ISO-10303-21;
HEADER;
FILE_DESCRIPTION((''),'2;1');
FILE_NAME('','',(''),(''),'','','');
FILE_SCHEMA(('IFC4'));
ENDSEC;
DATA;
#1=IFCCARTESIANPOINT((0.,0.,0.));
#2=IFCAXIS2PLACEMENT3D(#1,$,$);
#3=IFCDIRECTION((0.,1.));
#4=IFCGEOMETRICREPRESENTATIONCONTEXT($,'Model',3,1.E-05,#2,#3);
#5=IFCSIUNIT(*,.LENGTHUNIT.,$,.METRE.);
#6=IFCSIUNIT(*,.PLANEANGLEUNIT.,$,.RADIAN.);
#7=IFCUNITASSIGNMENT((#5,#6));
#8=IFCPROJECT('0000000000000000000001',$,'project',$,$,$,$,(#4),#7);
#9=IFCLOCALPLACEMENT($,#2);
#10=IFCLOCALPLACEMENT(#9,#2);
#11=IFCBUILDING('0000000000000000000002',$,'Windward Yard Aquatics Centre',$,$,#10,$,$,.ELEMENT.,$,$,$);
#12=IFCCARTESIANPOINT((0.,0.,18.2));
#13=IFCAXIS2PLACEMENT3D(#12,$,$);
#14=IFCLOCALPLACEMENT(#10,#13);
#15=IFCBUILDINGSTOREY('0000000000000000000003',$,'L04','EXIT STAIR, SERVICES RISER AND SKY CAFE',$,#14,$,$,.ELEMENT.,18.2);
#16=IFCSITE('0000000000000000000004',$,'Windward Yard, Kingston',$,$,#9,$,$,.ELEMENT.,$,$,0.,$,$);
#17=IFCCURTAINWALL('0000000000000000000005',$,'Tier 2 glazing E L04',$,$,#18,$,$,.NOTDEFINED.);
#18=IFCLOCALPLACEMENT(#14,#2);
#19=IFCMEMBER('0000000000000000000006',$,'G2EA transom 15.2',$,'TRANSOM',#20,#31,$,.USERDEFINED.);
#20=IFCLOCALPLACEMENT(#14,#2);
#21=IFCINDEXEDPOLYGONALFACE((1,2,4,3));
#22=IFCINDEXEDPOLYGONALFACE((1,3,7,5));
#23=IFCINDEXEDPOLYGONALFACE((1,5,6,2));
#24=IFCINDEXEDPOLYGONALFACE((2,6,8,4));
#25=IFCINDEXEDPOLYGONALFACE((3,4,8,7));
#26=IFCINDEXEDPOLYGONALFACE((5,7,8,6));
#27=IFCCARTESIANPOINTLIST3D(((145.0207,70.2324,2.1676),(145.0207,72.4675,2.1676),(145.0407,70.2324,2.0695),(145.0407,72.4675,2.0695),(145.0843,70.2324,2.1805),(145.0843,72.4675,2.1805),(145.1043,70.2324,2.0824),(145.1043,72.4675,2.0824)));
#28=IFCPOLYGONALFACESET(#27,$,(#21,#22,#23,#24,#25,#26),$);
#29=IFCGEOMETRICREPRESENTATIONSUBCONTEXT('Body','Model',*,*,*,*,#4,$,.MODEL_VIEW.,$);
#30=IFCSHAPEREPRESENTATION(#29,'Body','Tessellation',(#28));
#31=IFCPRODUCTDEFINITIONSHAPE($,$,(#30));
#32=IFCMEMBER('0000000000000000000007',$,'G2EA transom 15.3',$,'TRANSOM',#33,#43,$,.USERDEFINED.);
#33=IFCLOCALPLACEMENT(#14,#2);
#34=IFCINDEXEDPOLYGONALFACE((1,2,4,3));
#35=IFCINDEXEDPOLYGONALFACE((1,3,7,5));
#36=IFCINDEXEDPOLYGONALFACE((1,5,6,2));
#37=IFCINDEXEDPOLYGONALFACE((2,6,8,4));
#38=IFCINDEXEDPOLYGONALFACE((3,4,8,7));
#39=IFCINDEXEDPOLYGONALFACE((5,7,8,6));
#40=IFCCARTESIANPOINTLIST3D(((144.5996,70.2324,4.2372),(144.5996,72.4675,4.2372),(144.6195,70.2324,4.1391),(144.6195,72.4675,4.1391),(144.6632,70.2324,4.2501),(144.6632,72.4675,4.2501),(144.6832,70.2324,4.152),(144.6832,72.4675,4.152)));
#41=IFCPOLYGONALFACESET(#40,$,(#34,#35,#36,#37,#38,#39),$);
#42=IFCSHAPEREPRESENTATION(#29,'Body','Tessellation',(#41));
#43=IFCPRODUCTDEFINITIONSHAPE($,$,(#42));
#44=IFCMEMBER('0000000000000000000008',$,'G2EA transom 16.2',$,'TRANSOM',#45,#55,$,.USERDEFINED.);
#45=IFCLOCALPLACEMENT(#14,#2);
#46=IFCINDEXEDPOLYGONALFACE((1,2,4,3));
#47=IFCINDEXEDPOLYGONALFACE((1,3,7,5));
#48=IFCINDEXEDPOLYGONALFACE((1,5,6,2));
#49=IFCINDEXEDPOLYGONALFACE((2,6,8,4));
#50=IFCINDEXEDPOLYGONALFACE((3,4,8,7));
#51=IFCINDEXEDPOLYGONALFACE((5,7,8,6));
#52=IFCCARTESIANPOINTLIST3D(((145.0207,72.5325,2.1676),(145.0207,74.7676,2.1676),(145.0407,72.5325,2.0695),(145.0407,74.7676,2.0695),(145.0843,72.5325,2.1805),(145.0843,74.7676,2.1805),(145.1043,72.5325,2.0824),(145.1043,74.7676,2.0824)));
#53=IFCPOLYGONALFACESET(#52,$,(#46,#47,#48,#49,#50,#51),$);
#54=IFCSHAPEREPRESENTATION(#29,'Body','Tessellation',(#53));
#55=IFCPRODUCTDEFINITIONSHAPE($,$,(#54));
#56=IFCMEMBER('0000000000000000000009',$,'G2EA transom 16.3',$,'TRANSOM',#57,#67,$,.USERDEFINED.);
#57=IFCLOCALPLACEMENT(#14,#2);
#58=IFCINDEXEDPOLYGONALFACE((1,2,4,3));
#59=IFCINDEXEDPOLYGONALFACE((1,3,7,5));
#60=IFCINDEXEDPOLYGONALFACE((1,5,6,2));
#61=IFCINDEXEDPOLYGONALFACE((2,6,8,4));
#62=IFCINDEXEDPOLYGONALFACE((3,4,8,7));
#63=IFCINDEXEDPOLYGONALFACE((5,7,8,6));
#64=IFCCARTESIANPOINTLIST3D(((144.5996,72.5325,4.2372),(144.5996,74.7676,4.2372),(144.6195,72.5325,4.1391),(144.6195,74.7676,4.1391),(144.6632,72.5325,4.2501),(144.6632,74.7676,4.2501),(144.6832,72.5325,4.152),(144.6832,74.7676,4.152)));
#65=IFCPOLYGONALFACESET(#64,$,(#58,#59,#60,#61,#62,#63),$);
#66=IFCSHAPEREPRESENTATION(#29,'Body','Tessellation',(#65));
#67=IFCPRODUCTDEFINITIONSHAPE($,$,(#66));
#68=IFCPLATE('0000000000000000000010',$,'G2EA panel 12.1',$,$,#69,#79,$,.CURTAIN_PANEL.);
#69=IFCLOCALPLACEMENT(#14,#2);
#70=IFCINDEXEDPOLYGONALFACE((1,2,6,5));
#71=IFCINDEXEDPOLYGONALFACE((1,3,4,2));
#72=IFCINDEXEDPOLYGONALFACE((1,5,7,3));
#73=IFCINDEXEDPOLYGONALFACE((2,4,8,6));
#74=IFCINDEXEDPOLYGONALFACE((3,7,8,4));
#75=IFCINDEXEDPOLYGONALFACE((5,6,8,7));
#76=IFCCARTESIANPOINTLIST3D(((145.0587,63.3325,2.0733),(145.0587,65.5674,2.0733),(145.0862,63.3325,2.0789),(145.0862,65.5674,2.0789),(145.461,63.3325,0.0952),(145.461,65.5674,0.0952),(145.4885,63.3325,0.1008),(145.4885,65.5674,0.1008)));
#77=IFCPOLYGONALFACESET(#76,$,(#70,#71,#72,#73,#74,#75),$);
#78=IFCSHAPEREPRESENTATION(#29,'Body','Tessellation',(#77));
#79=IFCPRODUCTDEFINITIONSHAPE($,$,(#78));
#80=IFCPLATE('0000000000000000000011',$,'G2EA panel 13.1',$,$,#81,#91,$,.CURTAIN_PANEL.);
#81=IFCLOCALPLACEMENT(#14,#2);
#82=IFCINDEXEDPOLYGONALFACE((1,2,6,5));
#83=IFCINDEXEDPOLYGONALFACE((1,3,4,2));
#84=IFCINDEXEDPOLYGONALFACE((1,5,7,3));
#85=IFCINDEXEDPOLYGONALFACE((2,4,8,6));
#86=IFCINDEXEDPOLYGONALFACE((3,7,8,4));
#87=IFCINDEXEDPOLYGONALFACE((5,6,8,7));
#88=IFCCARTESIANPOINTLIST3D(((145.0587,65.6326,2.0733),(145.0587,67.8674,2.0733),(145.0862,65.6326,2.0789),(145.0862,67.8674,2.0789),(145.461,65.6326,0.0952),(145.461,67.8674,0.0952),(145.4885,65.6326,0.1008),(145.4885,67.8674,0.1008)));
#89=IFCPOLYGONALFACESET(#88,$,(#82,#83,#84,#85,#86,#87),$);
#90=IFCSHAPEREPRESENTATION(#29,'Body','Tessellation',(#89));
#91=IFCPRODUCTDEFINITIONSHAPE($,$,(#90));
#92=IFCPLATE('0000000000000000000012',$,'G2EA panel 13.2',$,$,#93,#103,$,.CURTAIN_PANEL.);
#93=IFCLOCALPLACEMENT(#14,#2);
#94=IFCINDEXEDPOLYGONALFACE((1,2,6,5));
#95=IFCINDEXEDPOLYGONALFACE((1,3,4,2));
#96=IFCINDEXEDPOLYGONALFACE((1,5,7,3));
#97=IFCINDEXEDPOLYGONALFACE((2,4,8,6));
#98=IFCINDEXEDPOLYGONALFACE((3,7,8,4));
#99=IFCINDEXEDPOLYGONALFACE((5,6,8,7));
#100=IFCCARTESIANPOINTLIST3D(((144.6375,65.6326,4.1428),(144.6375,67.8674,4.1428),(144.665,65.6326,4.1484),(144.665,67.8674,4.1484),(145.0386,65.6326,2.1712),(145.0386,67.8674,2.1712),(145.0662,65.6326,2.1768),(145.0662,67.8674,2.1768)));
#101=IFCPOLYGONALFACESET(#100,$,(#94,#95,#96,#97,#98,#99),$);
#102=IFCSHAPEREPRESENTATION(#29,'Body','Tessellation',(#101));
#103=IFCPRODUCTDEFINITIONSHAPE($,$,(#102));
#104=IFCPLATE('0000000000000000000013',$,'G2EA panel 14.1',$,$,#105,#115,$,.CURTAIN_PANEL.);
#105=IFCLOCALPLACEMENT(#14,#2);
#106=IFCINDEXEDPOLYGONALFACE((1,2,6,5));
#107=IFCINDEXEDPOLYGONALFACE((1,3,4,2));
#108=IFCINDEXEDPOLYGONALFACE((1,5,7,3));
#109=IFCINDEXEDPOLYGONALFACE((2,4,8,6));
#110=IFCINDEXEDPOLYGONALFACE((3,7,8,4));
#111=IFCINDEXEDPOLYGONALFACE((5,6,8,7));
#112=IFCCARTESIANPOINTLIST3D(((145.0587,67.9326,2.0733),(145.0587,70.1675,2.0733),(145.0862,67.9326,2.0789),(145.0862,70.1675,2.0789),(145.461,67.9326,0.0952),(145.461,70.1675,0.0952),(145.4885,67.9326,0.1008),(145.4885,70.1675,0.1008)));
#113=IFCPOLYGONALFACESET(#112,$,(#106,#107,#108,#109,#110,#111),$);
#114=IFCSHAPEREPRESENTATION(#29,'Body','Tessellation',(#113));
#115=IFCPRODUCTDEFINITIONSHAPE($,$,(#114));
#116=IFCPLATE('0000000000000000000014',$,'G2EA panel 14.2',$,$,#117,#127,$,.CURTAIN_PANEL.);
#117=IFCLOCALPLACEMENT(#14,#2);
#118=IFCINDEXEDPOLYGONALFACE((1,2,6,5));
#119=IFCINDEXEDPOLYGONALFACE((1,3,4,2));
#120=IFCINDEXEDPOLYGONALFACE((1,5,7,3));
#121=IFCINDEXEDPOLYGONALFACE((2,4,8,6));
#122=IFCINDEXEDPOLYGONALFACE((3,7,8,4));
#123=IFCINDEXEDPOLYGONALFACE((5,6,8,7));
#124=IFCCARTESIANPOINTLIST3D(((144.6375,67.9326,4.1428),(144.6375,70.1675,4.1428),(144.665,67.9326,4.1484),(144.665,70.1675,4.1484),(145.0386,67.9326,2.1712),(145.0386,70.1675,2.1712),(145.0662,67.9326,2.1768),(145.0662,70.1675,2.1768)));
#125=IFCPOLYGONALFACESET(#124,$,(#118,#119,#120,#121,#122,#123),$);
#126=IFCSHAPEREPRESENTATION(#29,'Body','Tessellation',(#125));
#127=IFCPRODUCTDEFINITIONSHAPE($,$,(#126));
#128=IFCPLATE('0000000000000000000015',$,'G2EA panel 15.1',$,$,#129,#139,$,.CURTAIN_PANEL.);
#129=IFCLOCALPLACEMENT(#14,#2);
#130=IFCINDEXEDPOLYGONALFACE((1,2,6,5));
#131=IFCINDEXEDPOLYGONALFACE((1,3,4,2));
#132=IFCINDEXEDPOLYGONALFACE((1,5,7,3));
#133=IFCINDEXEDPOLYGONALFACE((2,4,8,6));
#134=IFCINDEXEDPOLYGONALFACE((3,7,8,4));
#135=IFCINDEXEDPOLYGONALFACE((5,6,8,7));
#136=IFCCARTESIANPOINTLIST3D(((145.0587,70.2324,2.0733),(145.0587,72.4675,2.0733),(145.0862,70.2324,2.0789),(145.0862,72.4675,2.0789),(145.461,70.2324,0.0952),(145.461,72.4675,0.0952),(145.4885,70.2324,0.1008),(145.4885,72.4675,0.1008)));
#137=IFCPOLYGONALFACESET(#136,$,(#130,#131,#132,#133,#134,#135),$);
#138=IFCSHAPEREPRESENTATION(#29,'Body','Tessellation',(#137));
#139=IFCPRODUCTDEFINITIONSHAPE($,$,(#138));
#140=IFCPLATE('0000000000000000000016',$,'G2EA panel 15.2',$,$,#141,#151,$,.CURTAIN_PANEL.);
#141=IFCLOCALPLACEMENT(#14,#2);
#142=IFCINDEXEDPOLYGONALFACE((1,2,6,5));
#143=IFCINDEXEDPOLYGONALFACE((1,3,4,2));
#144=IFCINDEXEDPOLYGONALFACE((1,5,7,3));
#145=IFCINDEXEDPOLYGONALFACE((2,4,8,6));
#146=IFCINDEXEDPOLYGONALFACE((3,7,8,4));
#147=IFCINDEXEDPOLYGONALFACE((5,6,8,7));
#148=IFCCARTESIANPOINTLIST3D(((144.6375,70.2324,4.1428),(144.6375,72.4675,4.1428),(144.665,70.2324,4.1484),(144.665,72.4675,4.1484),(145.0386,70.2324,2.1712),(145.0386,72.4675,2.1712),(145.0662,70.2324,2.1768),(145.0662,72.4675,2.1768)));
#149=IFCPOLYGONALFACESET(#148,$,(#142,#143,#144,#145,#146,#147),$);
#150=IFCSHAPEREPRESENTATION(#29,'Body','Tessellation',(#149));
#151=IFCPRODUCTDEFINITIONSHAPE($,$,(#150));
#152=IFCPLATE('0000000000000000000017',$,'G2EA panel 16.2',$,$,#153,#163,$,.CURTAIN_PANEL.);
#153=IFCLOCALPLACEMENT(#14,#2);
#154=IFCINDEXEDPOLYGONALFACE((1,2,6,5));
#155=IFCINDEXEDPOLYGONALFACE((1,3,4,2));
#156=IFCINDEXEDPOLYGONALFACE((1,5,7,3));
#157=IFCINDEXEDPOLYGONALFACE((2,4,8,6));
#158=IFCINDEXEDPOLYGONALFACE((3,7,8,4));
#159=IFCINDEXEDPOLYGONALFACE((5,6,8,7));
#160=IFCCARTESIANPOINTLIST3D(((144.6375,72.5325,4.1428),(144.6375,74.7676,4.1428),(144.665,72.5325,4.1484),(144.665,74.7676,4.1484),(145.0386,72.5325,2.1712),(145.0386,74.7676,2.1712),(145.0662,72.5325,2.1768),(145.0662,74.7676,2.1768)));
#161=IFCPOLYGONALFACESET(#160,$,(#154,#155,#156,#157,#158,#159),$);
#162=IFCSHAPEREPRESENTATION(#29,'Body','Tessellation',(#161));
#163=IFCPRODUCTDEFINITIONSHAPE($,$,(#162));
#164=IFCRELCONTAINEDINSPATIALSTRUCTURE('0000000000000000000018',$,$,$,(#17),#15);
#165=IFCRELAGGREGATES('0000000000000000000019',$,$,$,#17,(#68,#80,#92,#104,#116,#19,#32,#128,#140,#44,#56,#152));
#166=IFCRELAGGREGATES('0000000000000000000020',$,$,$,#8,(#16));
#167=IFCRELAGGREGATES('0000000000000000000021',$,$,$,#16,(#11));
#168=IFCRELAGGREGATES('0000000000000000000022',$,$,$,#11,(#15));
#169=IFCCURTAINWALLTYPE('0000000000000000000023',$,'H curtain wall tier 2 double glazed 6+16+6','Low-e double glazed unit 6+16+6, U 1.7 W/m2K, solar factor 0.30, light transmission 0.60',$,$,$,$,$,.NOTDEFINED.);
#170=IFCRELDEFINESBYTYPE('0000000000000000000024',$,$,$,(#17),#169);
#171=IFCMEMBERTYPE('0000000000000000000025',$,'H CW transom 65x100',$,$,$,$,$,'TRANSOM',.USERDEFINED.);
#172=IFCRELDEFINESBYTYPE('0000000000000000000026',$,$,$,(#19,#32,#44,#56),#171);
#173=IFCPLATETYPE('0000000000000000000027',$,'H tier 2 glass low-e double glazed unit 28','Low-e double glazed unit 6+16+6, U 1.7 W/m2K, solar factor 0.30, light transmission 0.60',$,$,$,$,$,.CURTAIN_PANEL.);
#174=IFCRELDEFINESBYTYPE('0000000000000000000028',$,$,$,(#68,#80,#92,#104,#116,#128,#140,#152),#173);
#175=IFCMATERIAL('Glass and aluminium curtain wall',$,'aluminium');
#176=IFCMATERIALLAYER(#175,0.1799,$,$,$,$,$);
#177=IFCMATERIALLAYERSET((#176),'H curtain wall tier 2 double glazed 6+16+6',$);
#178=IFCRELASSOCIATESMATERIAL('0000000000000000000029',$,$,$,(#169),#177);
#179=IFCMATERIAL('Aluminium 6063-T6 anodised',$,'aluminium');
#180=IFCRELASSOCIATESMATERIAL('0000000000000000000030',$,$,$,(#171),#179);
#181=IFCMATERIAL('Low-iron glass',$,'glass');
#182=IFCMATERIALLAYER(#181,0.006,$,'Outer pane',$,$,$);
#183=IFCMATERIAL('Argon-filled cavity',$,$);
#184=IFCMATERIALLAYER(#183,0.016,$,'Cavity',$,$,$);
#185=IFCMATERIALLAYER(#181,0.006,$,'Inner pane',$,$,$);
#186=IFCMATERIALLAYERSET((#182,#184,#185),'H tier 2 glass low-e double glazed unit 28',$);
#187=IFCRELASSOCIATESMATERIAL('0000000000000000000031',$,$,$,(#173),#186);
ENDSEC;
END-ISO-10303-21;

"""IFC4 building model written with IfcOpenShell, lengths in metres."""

from ifc_helpers import new_model, si_unit, direction, frame, origin, origin_2d, place, context, subcontext, project, spatial, polyline, rectangle, outline, extrude, material, layer, layer_set, material_profile, profile_set, type_object, element, aggregate, save


model = new_model("IFC4")

# Units and contexts
model_context = context("Model", 3, precision=1e-05, world=origin(), true_north=direction((0.0, 1.0)))
body_context = subcontext(model_context, "Body", "Model", "MODEL_VIEW")
ifc_project = project(units=[si_unit("LENGTHUNIT", "METRE"), si_unit("PLANEANGLEUNIT", "RADIAN")], contexts=[model_context])

# Site, building, storey
site_placement = place(None, origin())
site = spatial("IfcSite", under=ifc_project, at=site_placement, Name="Windward Yard, Kingston", CompositionType="ELEMENT", RefElevation=0.0)
building_placement = place(site_placement, origin())
building = spatial("IfcBuilding", under=site, at=building_placement, Name="Windward Yard Aquatics Centre", CompositionType="ELEMENT")
storey_placement = place(building_placement, frame((0.0, 0.0, 18.2)))
storey = spatial("IfcBuildingStorey", under=building, at=storey_placement, Name="L04", Description="EXIT STAIR, SERVICES RISER AND SKY CAFE", CompositionType="ELEMENT", Elevation=18.2)

# Curtain wall, members, plates
ifc_material_1 = material(Name="Glass and aluminium curtain wall", Category="aluminium")
ifc_layer_1 = layer(ifc_material_1, 0.1799)
ifc_layer_set_1 = layer_set([ifc_layer_1], Name="H curtain wall tier 2 double glazed 6+16+6")
curtain_wall_type = type_object("IfcCurtainWallType", Name="H curtain wall tier 2 double glazed 6+16+6", Description="Low-e double glazed unit 6+16+6, U 1.7 W/m2K, solar factor 0.30, light transmission 0.60", PredefinedType="NOTDEFINED", material=ifc_layer_set_1)
curtain_wall_placement = place(storey_placement, origin())
curtain_wall = element("IfcCurtainWall", 1, at=curtain_wall_placement, inside=storey, type_object=curtain_wall_type, Name="Tier 2 glazing E L04", PredefinedType="NOTDEFINED")
ifc_material_2 = material(Name="Aluminium 6063-T6 anodised", Category="aluminium")
ifc_material_profile_1 = material_profile(ifc_material_2, rectangle(XDim=0.0649, YDim=0.1001, at=origin_2d()), Name="H CW transom 65x100")
ifc_profile_set_1 = profile_set([ifc_material_profile_1], Name="Aluminium 6063-T6 anodised")
member_type_1 = type_object("IfcMemberType", Name="H CW transom 65x100", ElementType="TRANSOM", PredefinedType="USERDEFINED", material=ifc_profile_set_1)
member_1_placement = place(storey_placement, frame((145.0625, 70.2324, 2.125), z_axis=(0.0, 1.0, 0.0), x_axis=(0.979925, 0.0, 0.199368)))
member_1 = element("IfcMember", 2, at=member_1_placement, type_object=member_type_1, Name="G2EA transom 15.2", ObjectType="TRANSOM", PredefinedType="USERDEFINED", context=body_context, shape_type="SweptSolid", body=[
    extrude(rectangle(XDim=0.0649, YDim=0.1001, at=origin_2d()), origin(), (0.0, 0.0, 1.0), 2.2351),
])
member_2_placement = place(storey_placement, frame((144.6414, 70.2324, 4.1946), z_axis=(0.0, 1.0, 0.0), x_axis=(0.979925, 0.0, 0.199368)))
member_2 = element("IfcMember", 3, at=member_2_placement, type_object=member_type_1, Name="G2EA transom 15.3", ObjectType="TRANSOM", PredefinedType="USERDEFINED", context=body_context, shape_type="SweptSolid", body=[
    extrude(rectangle(XDim=0.0649, YDim=0.1001, at=origin_2d()), origin(), (0.0, 0.0, 1.0), 2.2351),
])
member_3_placement = place(storey_placement, frame((145.0625, 72.5325, 2.125), z_axis=(0.0, 1.0, 0.0), x_axis=(0.979925, 0.0, 0.199368)))
member_3 = element("IfcMember", 4, at=member_3_placement, type_object=member_type_1, Name="G2EA transom 16.2", ObjectType="TRANSOM", PredefinedType="USERDEFINED", context=body_context, shape_type="SweptSolid", body=[
    extrude(rectangle(XDim=0.0649, YDim=0.1001, at=origin_2d()), origin(), (0.0, 0.0, 1.0), 2.2351),
])
member_4_placement = place(storey_placement, frame((144.6414, 72.5325, 4.1946), z_axis=(0.0, 1.0, 0.0), x_axis=(0.979925, 0.0, 0.199368)))
member_4 = element("IfcMember", 5, at=member_4_placement, type_object=member_type_1, Name="G2EA transom 16.3", ObjectType="TRANSOM", PredefinedType="USERDEFINED", context=body_context, shape_type="SweptSolid", body=[
    extrude(rectangle(XDim=0.0649, YDim=0.1001, at=origin_2d()), origin(), (0.0, 0.0, 1.0), 2.2351),
])
ifc_material_3 = material(Name="Low-iron glass", Category="glass")
ifc_layer_2 = layer(ifc_material_3, 0.006, Name="Outer pane")
ifc_material_4 = material(Name="Argon-filled cavity")
ifc_layer_3 = layer(ifc_material_4, 0.016, Name="Cavity")
ifc_layer_4 = layer(ifc_material_3, 0.006, Name="Inner pane")
ifc_layer_set_2 = layer_set([ifc_layer_2, ifc_layer_3, ifc_layer_4], Name="H tier 2 glass low-e double glazed unit 28")
plate_type = type_object("IfcPlateType", Name="H tier 2 glass low-e double glazed unit 28", Description="Low-e double glazed unit 6+16+6, U 1.7 W/m2K, solar factor 0.30, light transmission 0.60", PredefinedType="CURTAIN_PANEL", material=ifc_layer_set_2)
plate_1_placement = place(storey_placement, frame((145.0862, 63.3325, 2.0789), z_axis=(0.979933, 0.0, 0.199325), x_axis=(0.199325, 0.0, -0.979933)))
plate_1 = element("IfcPlate", 6, at=plate_1_placement, type_object=plate_type, Name="G2EA panel 12.1", PredefinedType="CURTAIN_PANEL", context=body_context, shape_type="SweptSolid", body=[
    extrude(outline(polyline([(0.0, 0.0), (2.0185, 0.0), (2.0185, 2.2349), (0.0, 2.2349), (0.0, 0.0)])), origin(), (0.0, 0.0, -1.0), 0.0281),
])
plate_2_placement = place(storey_placement, frame((145.0862, 65.6326, 2.0789), z_axis=(0.979933, 0.0, 0.199325), x_axis=(0.199325, 0.0, -0.979933)))
plate_2 = element("IfcPlate", 7, at=plate_2_placement, type_object=plate_type, Name="G2EA panel 13.1", PredefinedType="CURTAIN_PANEL", context=body_context, shape_type="SweptSolid", body=[
    extrude(outline(polyline([(0.0, 0.0), (2.0185, 0.0), (2.0185, 2.2349), (0.0, 2.2349), (0.0, 0.0)])), origin(), (0.0, 0.0, -1.0), 0.0281),
])
plate_3_placement = place(storey_placement, frame((144.665, 65.6326, 4.1484), z_axis=(0.979927, 0.0, 0.199359), x_axis=(0.199359, 0.0, -0.979927)))
plate_3 = element("IfcPlate", 8, at=plate_3_placement, type_object=plate_type, Name="G2EA panel 13.2", PredefinedType="CURTAIN_PANEL", context=body_context, shape_type="SweptSolid", body=[
    extrude(outline(polyline([(0.0, 0.0), (2.0121, 0.0), (2.0121, 2.2349), (0.0, 2.2349), (0.0, 0.0)])), origin(), (0.0, 0.0, -1.0), 0.0281),
])
plate_4_placement = place(storey_placement, frame((145.0862, 67.9326, 2.0789), z_axis=(0.979933, 0.0, 0.199325), x_axis=(0.199325, 0.0, -0.979933)))
plate_4 = element("IfcPlate", 9, at=plate_4_placement, type_object=plate_type, Name="G2EA panel 14.1", PredefinedType="CURTAIN_PANEL", context=body_context, shape_type="SweptSolid", body=[
    extrude(outline(polyline([(0.0, 0.0), (2.0185, 0.0), (2.0185, 2.2349), (0.0, 2.2349), (0.0, 0.0)])), origin(), (0.0, 0.0, -1.0), 0.0281),
])
plate_5_placement = place(storey_placement, frame((144.665, 67.9326, 4.1484), z_axis=(0.979927, 0.0, 0.199359), x_axis=(0.199359, 0.0, -0.979927)))
plate_5 = element("IfcPlate", 10, at=plate_5_placement, type_object=plate_type, Name="G2EA panel 14.2", PredefinedType="CURTAIN_PANEL", context=body_context, shape_type="SweptSolid", body=[
    extrude(outline(polyline([(0.0, 0.0), (2.0121, 0.0), (2.0121, 2.2349), (0.0, 2.2349), (0.0, 0.0)])), origin(), (0.0, 0.0, -1.0), 0.0281),
])
plate_6_placement = place(storey_placement, frame((145.0862, 70.2324, 2.0789), z_axis=(0.979933, 0.0, 0.199325), x_axis=(0.199325, 0.0, -0.979933)))
plate_6 = element("IfcPlate", 11, at=plate_6_placement, type_object=plate_type, Name="G2EA panel 15.1", PredefinedType="CURTAIN_PANEL", context=body_context, shape_type="SweptSolid", body=[
    extrude(outline(polyline([(0.0, 0.0), (2.0185, 0.0), (2.0185, 2.2351), (0.0, 2.2351), (0.0, 0.0)])), origin(), (0.0, 0.0, -1.0), 0.0281),
])
plate_7_placement = place(storey_placement, frame((144.665, 70.2324, 4.1484), z_axis=(0.979927, 0.0, 0.199359), x_axis=(0.199359, 0.0, -0.979927)))
plate_7 = element("IfcPlate", 12, at=plate_7_placement, type_object=plate_type, Name="G2EA panel 15.2", PredefinedType="CURTAIN_PANEL", context=body_context, shape_type="SweptSolid", body=[
    extrude(outline(polyline([(0.0, 0.0), (2.0121, 0.0), (2.0121, 2.2351), (0.0, 2.2351), (0.0, 0.0)])), origin(), (0.0, 0.0, -1.0), 0.0281),
])
plate_8_placement = place(storey_placement, frame((144.665, 72.5325, 4.1484), z_axis=(0.979927, 0.0, 0.199359), x_axis=(0.199359, 0.0, -0.979927)))
plate_8 = element("IfcPlate", 13, at=plate_8_placement, type_object=plate_type, Name="G2EA panel 16.2", PredefinedType="CURTAIN_PANEL", context=body_context, shape_type="SweptSolid", body=[
    extrude(outline(polyline([(0.0, 0.0), (2.0121, 0.0), (2.0121, 2.2351), (0.0, 2.2351), (0.0, 0.0)])), origin(), (0.0, 0.0, -1.0), 0.0281),
])
aggregate(curtain_wall, [plate_1, plate_2, plate_3, plate_4, plate_5, member_1, member_2, plate_6, plate_7, member_3, member_4, plate_8])

save(model, "model.ifc")
